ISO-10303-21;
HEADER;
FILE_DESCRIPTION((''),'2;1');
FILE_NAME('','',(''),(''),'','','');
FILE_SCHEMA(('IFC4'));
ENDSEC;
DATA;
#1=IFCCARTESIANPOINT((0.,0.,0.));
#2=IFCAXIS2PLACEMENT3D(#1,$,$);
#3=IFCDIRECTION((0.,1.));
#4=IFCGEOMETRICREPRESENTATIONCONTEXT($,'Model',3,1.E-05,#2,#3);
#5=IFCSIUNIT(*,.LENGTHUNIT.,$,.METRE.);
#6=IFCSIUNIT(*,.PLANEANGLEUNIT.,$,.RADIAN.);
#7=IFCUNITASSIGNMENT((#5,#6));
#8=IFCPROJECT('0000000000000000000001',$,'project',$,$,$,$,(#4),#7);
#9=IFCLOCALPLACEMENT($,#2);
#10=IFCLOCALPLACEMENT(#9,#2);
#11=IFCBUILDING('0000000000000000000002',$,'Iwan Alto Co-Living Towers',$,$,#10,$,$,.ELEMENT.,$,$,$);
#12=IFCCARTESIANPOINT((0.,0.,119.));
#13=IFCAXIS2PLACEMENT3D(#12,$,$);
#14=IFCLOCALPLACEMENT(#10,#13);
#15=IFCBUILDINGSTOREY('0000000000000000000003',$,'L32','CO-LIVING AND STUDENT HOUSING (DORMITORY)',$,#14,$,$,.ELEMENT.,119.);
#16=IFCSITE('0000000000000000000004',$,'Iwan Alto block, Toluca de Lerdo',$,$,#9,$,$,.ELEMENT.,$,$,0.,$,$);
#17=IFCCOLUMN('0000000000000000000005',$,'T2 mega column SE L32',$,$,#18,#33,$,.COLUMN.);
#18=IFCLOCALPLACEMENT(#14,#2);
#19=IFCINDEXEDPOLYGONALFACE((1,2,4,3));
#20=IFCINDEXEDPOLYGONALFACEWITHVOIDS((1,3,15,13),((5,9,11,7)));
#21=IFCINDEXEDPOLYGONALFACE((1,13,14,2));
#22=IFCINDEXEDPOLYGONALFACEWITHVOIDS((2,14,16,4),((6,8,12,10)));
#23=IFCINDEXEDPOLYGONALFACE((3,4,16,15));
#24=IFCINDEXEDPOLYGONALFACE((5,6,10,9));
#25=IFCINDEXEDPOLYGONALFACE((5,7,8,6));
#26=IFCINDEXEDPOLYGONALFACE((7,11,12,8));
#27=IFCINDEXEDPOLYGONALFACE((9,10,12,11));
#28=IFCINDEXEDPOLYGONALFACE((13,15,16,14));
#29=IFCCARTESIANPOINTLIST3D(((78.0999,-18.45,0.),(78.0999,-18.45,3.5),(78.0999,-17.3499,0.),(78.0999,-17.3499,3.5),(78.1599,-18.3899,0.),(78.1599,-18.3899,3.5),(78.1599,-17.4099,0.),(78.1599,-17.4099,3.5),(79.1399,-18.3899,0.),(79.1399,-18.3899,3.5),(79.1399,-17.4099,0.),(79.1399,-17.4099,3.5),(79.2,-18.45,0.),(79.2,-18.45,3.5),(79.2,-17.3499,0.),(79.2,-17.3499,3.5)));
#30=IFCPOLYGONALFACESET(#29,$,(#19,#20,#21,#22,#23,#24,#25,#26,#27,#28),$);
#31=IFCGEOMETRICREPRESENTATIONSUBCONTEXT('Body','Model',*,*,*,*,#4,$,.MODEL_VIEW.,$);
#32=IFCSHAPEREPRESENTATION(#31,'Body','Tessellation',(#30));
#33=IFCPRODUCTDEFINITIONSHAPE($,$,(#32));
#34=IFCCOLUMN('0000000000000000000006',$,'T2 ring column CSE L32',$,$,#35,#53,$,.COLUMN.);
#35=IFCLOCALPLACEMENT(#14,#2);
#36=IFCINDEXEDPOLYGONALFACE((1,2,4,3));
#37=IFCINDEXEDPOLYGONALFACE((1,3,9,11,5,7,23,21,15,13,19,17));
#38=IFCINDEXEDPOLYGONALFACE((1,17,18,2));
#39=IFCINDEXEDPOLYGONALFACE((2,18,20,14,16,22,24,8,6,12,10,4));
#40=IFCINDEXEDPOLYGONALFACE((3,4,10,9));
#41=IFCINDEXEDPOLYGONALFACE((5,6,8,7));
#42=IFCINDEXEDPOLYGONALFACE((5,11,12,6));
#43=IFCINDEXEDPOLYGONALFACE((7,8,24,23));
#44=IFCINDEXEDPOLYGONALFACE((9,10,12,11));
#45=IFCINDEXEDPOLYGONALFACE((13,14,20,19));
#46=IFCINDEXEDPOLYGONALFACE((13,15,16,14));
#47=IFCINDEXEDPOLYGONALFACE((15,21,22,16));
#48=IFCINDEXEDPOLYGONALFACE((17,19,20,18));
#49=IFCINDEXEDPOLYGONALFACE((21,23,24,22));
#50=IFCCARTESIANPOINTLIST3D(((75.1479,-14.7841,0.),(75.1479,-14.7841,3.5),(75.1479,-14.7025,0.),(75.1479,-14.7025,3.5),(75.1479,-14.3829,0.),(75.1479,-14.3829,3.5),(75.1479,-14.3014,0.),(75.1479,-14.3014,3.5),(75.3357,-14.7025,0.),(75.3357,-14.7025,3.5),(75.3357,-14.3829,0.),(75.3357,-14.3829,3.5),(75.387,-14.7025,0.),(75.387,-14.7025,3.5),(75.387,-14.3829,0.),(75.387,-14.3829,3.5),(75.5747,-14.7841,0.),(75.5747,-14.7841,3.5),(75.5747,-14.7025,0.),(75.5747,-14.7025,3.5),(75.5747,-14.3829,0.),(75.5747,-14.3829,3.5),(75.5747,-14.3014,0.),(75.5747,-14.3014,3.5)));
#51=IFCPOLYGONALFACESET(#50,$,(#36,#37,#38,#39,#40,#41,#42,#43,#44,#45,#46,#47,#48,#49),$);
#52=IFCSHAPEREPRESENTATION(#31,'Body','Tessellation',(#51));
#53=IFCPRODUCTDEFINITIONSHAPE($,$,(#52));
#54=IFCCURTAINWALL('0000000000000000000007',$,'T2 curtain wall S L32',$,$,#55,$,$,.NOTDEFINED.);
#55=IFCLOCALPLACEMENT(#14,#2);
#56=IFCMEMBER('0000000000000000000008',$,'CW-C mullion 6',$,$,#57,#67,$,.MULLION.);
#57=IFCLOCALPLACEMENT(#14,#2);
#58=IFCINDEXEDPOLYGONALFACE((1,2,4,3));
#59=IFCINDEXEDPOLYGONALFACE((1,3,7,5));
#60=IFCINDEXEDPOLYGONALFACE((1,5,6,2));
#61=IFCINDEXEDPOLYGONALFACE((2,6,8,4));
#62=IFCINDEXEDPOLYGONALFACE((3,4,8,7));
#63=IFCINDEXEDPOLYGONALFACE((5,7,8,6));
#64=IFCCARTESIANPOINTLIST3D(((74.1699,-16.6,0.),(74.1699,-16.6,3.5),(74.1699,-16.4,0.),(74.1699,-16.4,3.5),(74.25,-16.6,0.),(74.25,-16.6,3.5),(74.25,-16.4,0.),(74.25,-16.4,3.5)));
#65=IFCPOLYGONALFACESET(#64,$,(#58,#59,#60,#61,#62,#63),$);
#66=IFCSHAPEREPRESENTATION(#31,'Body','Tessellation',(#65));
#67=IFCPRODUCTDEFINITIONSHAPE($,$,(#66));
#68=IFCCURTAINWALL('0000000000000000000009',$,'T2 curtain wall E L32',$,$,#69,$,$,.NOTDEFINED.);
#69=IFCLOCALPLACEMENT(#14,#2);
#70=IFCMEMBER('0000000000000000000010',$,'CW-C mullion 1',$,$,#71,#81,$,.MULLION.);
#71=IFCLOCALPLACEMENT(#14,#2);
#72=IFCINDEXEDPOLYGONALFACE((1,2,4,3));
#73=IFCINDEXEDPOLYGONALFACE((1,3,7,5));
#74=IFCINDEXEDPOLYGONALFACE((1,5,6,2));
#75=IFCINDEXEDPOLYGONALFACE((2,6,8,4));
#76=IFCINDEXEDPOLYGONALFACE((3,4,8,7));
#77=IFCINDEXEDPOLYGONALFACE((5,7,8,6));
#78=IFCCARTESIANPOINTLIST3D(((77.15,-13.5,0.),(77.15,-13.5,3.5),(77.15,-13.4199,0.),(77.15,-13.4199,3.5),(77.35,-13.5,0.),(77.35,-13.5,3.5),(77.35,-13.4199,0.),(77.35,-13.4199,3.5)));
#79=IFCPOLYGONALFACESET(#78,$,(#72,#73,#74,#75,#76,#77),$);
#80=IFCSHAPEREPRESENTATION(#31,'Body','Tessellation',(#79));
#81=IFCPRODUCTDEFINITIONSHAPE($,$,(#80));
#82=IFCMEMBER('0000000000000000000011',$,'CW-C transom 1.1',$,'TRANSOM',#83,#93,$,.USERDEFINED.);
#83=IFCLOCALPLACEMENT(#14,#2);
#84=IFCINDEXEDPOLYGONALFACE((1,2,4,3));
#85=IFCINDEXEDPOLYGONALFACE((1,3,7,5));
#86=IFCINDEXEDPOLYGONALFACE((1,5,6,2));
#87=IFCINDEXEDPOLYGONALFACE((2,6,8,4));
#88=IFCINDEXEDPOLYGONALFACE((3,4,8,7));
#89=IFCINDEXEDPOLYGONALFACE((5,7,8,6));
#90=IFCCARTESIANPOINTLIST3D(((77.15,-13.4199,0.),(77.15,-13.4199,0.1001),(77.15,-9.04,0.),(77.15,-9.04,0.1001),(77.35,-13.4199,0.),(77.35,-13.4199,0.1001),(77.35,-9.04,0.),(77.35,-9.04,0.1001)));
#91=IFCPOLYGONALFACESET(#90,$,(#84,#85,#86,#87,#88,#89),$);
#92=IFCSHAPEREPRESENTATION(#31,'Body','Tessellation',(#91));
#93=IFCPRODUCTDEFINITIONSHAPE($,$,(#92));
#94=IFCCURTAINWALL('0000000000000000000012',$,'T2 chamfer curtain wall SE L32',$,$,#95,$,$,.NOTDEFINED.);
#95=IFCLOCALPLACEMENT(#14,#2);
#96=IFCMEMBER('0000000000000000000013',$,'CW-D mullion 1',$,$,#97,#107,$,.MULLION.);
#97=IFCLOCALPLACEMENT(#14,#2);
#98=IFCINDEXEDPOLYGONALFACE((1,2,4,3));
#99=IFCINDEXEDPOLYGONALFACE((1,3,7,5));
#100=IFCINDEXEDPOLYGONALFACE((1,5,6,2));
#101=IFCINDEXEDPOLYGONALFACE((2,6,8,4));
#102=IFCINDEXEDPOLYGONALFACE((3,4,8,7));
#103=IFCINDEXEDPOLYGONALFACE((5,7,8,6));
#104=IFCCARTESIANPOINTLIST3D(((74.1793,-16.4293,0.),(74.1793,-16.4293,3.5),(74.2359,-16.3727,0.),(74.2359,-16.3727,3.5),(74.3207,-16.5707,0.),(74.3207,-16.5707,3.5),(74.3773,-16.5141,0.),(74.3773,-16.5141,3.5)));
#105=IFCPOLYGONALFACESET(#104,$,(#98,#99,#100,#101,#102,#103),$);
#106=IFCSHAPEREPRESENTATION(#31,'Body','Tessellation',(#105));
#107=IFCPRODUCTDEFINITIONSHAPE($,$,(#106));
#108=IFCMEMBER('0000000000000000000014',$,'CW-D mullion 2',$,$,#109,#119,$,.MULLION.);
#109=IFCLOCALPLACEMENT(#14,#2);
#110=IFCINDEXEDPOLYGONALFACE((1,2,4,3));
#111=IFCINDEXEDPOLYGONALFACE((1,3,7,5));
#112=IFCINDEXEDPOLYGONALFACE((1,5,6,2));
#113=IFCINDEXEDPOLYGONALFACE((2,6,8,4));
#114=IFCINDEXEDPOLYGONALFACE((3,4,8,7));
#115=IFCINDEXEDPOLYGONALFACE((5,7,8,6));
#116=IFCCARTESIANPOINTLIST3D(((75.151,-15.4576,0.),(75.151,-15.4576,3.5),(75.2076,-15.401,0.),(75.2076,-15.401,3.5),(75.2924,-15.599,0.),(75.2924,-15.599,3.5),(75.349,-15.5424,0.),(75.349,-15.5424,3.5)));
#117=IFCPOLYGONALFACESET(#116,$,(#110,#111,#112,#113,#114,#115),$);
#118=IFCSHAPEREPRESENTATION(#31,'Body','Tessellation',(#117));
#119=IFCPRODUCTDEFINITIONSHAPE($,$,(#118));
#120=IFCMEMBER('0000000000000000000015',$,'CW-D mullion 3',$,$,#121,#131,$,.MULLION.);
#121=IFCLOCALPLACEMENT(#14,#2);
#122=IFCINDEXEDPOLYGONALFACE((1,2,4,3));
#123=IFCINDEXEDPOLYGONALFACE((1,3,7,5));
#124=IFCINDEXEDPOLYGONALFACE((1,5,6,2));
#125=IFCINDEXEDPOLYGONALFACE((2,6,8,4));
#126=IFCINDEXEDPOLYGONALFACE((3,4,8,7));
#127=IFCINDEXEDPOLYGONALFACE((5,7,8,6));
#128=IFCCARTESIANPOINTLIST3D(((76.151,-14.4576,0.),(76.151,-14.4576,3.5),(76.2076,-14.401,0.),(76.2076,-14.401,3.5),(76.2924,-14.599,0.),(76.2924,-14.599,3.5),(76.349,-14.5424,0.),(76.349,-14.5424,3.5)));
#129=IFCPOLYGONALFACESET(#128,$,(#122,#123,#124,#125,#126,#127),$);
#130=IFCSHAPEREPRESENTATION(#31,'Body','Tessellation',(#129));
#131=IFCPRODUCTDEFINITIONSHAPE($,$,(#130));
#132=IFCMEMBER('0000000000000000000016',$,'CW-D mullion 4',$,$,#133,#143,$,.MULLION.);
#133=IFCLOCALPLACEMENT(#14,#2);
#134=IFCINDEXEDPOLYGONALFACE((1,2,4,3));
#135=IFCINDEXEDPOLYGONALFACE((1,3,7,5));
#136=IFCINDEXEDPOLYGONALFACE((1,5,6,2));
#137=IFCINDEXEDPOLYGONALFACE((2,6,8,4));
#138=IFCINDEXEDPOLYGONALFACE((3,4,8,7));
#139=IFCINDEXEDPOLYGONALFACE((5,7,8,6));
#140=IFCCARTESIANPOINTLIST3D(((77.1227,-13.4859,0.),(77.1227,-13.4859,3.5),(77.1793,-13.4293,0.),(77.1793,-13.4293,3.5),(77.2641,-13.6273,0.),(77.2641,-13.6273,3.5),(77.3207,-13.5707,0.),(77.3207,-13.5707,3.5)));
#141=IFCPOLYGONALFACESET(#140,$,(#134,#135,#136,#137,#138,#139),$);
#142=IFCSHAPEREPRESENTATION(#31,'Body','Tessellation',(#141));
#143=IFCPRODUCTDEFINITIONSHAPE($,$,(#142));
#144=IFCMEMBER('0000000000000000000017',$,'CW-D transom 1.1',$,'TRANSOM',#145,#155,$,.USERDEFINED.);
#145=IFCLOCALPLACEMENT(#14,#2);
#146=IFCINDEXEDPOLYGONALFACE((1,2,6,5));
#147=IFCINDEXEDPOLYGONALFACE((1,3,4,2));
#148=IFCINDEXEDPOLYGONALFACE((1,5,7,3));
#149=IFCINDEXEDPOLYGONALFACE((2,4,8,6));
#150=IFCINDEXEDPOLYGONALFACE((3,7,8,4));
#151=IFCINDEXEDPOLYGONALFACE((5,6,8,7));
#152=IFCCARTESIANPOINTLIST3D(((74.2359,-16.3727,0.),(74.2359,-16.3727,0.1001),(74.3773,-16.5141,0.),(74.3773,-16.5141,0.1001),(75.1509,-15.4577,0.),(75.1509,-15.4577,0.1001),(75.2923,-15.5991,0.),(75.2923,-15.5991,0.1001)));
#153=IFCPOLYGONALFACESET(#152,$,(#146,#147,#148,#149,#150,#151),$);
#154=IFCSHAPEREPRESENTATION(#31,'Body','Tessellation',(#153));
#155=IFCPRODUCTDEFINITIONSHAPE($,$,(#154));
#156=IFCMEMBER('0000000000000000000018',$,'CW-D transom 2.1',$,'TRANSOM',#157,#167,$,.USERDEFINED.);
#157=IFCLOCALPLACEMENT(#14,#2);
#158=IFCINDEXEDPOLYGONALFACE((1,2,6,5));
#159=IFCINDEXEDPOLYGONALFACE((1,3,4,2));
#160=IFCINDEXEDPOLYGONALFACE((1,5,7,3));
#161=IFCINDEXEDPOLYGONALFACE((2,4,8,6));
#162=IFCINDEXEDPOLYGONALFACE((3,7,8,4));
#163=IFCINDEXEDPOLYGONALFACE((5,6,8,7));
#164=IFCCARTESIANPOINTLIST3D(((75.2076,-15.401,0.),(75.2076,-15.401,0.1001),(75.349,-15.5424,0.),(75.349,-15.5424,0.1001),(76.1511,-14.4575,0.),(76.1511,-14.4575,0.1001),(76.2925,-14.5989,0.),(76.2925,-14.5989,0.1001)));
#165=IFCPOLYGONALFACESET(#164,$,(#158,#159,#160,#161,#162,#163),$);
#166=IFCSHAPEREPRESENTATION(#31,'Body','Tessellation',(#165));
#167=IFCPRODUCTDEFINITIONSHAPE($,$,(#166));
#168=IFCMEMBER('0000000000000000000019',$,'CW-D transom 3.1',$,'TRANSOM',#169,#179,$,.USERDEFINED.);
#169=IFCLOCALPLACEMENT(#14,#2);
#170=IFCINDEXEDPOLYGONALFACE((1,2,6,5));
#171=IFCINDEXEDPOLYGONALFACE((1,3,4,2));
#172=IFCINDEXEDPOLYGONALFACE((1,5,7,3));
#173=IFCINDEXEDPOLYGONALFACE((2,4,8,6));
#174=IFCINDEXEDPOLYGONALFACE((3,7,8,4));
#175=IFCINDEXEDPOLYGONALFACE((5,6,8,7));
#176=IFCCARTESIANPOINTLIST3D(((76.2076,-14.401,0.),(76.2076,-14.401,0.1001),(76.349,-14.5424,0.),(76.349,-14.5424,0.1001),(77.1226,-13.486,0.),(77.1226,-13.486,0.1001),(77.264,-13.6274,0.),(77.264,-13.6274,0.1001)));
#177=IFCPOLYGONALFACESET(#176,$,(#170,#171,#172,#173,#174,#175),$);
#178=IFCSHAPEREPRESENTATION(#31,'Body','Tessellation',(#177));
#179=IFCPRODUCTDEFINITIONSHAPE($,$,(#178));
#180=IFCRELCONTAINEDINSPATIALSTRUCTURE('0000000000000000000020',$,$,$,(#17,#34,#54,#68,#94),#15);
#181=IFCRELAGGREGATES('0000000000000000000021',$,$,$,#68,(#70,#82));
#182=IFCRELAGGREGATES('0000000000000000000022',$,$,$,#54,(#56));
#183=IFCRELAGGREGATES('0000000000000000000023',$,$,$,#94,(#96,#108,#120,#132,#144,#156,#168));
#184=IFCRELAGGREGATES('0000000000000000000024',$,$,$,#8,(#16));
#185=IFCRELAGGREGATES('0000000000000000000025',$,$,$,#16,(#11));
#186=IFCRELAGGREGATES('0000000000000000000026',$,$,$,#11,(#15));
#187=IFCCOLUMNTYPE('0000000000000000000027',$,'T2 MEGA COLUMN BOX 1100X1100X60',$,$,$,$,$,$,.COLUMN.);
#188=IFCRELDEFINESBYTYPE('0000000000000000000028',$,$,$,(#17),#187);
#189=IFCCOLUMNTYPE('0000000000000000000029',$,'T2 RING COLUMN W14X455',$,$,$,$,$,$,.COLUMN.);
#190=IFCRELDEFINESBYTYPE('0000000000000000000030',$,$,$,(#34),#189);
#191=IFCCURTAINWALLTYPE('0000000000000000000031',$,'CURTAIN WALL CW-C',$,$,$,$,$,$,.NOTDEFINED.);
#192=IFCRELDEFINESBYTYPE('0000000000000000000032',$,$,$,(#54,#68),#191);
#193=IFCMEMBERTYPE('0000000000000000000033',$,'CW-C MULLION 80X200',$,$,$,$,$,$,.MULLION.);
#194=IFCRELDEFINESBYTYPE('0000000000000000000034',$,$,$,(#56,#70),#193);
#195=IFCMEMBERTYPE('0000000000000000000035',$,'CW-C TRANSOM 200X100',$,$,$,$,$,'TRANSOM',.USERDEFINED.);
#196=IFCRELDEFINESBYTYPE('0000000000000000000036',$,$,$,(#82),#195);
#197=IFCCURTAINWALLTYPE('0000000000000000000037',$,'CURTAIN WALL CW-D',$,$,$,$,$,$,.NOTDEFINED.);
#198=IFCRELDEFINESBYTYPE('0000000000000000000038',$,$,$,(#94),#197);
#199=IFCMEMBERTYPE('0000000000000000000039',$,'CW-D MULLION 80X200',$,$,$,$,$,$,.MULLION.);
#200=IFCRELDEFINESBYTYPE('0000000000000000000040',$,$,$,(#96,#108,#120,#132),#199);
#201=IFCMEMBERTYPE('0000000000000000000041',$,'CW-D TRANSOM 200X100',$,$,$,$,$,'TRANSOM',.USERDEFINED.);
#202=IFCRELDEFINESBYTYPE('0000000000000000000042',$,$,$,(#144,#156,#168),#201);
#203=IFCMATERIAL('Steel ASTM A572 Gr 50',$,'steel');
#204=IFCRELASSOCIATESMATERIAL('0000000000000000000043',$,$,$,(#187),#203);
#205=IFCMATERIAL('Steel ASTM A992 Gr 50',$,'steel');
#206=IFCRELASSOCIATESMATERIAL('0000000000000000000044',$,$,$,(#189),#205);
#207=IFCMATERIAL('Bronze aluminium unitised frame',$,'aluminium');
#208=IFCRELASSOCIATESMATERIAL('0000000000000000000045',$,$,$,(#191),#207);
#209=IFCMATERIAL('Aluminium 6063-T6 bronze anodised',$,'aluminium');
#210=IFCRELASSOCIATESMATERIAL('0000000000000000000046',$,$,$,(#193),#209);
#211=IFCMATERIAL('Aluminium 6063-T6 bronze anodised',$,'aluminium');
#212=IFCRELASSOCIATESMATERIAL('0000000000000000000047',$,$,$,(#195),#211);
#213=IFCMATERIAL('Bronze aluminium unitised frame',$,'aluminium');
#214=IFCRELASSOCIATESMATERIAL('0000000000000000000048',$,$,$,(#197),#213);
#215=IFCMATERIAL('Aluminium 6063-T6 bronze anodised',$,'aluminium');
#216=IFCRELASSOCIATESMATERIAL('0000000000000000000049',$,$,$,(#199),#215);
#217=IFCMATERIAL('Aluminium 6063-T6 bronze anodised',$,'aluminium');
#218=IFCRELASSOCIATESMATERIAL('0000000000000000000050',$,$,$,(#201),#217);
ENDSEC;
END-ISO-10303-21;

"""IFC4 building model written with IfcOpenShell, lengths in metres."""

from ifc_helpers import new_model, si_unit, direction, frame, origin, origin_2d, place, context, subcontext, project, spatial, rectangle, hollow_rectangle, i_section, extrude, material, material_profile, profile_set, type_object, element, aggregate, save


model = new_model("IFC4")

# Units and contexts
model_context = context("Model", 3, precision=1e-05, world=origin(), true_north=direction((0.0, 1.0)))
body_context = subcontext(model_context, "Body", "Model", "MODEL_VIEW")
ifc_project = project(units=[si_unit("LENGTHUNIT", "METRE"), si_unit("PLANEANGLEUNIT", "RADIAN")], contexts=[model_context])

# Site, building, storey
site_placement = place(None, origin())
site = spatial("IfcSite", under=ifc_project, at=site_placement, Name="Iwan Alto block, Toluca de Lerdo", CompositionType="ELEMENT", RefElevation=0.0)
building_placement = place(site_placement, origin())
building = spatial("IfcBuilding", under=site, at=building_placement, Name="Iwan Alto Co-Living Towers", CompositionType="ELEMENT")
storey_placement = place(building_placement, frame((0.0, 0.0, 119.0)))
storey = spatial("IfcBuildingStorey", under=building, at=storey_placement, Name="L32", Description="CO-LIVING AND STUDENT HOUSING (DORMITORY)", CompositionType="ELEMENT", Elevation=119.0)

# Columns
ifc_material_1 = material(Name="Steel ASTM A572 Gr 50", Category="steel")
ifc_material_profile_1 = material_profile(ifc_material_1, hollow_rectangle(XDim=1.1001, YDim=1.1001, WallThickness=0.0601, at=origin_2d()), Name="BOX 1100X1100X60")
ifc_profile_set_1 = profile_set([ifc_material_profile_1], Name="Steel ASTM A572 Gr 50")
column_type_1 = type_object("IfcColumnType", Name="T2 MEGA COLUMN BOX 1100X1100X60", PredefinedType="COLUMN", material=ifc_profile_set_1)
column_1_placement = place(storey_placement, frame((78.6499, -17.8999, 0.0), z_axis=(0.0, 0.0, 1.0), x_axis=(1.0, 0.0, 0.0)))
element("IfcColumn", 1, at=column_1_placement, inside=storey, type_object=column_type_1, Name="T2 mega column SE L32", PredefinedType="COLUMN", context=body_context, shape_type="SweptSolid", body=[
    extrude(hollow_rectangle(XDim=1.1001, YDim=1.1001, WallThickness=0.0601, at=origin_2d()), origin(), (0.0, 0.0, 1.0), 3.5),
])
ifc_material_2 = material(Name="Steel ASTM A992 Gr 50", Category="steel")
ifc_material_profile_2 = material_profile(ifc_material_2, i_section(OverallWidth=0.4268, OverallDepth=0.4827, WebThickness=0.0513, FlangeThickness=0.0815, at=origin_2d()), Name="W14X455")
ifc_profile_set_2 = profile_set([ifc_material_profile_2], Name="Steel ASTM A992 Gr 50")
column_type_2 = type_object("IfcColumnType", Name="T2 RING COLUMN W14X455", PredefinedType="COLUMN", material=ifc_profile_set_2)
column_2_placement = place(storey_placement, frame((75.3613, -14.5427, 0.0), z_axis=(0.0, 0.0, 1.0), x_axis=(1.0, 0.0, 0.0)))
element("IfcColumn", 2, at=column_2_placement, inside=storey, type_object=column_type_2, Name="T2 ring column CSE L32", PredefinedType="COLUMN", context=body_context, shape_type="SweptSolid", body=[
    extrude(i_section(OverallWidth=0.4268, OverallDepth=0.4827, WebThickness=0.0513, FlangeThickness=0.0815, at=origin_2d()), origin(), (0.0, 0.0, 1.0), 3.5),
])

# Curtain wall, member
ifc_material_3 = material(Name="Bronze aluminium unitised frame", Category="aluminium")
curtain_wall_type_1 = type_object("IfcCurtainWallType", Name="CURTAIN WALL CW-C", PredefinedType="NOTDEFINED", material=ifc_material_3)
curtain_wall_1_placement = place(storey_placement, origin())
curtain_wall_1 = element("IfcCurtainWall", 3, at=curtain_wall_1_placement, inside=storey, type_object=curtain_wall_type_1, Name="T2 curtain wall S L32", PredefinedType="NOTDEFINED")
ifc_material_4 = material(Name="Aluminium 6063-T6 bronze anodised", Category="aluminium")
ifc_material_profile_3 = material_profile(ifc_material_4, rectangle(XDim=0.2, YDim=0.0801, at=origin_2d()), Name="AL 80X200")
ifc_profile_set_3 = profile_set([ifc_material_profile_3], Name="Aluminium 6063-T6 bronze anodised")
member_type_1 = type_object("IfcMemberType", Name="CW-C MULLION 80X200", PredefinedType="MULLION", material=ifc_profile_set_3)
member_1_placement = place(storey_placement, frame((74.21, -16.5, 0.0), z_axis=(0.0, 0.0, 1.0), x_axis=(0.0, 1.0, 0.0)))
member_1 = element("IfcMember", 4, at=member_1_placement, type_object=member_type_1, Name="CW-C mullion 6", PredefinedType="MULLION", context=body_context, shape_type="SweptSolid", body=[
    extrude(rectangle(XDim=0.2, YDim=0.0801, at=origin_2d()), origin(), (0.0, 0.0, 1.0), 3.5),
])

# Curtain walls, members
curtain_wall_2_placement = place(storey_placement, origin())
curtain_wall_2 = element("IfcCurtainWall", 5, at=curtain_wall_2_placement, inside=storey, type_object=curtain_wall_type_1, Name="T2 curtain wall E L32", PredefinedType="NOTDEFINED")
member_2_placement = place(storey_placement, frame((77.25, -13.46, 0.0), z_axis=(0.0, 0.0, 1.0), x_axis=(-1.0, 0.0, 0.0)))
member_2 = element("IfcMember", 6, at=member_2_placement, type_object=member_type_1, Name="CW-C mullion 1", PredefinedType="MULLION", context=body_context, shape_type="SweptSolid", body=[
    extrude(rectangle(XDim=0.2, YDim=0.0801, at=origin_2d()), origin(), (0.0, 0.0, 1.0), 3.5),
])
ifc_material_5 = material(Name="Aluminium 6063-T6 bronze anodised", Category="aluminium")
ifc_material_profile_4 = material_profile(ifc_material_5, rectangle(XDim=0.2, YDim=0.1001, at=origin_2d()), Name="AL 200X100")
ifc_profile_set_4 = profile_set([ifc_material_profile_4], Name="Aluminium 6063-T6 bronze anodised")
member_type_2 = type_object("IfcMemberType", Name="CW-C TRANSOM 200X100", ElementType="TRANSOM", PredefinedType="USERDEFINED", material=ifc_profile_set_4)
member_3_placement = place(storey_placement, frame((77.25, -13.4199, 0.05), z_axis=(0.0, 1.0, 0.0), x_axis=(-1.0, 0.0, 0.0)))
member_3 = element("IfcMember", 7, at=member_3_placement, type_object=member_type_2, Name="CW-C transom 1.1", ObjectType="TRANSOM", PredefinedType="USERDEFINED", context=body_context, shape_type="SweptSolid", body=[
    extrude(rectangle(XDim=0.2, YDim=0.1001, at=origin_2d()), origin(), (0.0, 0.0, 1.0), 4.3799),
])
aggregate(curtain_wall_2, [member_2, member_3])
ifc_material_6 = material(Name="Bronze aluminium unitised frame", Category="aluminium")
curtain_wall_type_2 = type_object("IfcCurtainWallType", Name="CURTAIN WALL CW-D", PredefinedType="NOTDEFINED", material=ifc_material_6)
curtain_wall_3_placement = place(storey_placement, origin())
curtain_wall_3 = element("IfcCurtainWall", 8, at=curtain_wall_3_placement, inside=storey, type_object=curtain_wall_type_2, Name="T2 chamfer curtain wall SE L32", PredefinedType="NOTDEFINED")
ifc_material_7 = material(Name="Aluminium 6063-T6 bronze anodised", Category="aluminium")
ifc_material_profile_5 = material_profile(ifc_material_7, rectangle(XDim=0.2, YDim=0.0801, at=origin_2d()), Name="AL 80X200")
ifc_profile_set_5 = profile_set([ifc_material_profile_5], Name="Aluminium 6063-T6 bronze anodised")
member_type_3 = type_object("IfcMemberType", Name="CW-D MULLION 80X200", PredefinedType="MULLION", material=ifc_profile_set_5)
member_4_placement = place(storey_placement, frame((74.2783, -16.4717, 0.0), z_axis=(0.0, 0.0, 1.0), x_axis=(-0.707107, 0.707107, 0.0)))
member_4 = element("IfcMember", 9, at=member_4_placement, type_object=member_type_3, Name="CW-D mullion 1", PredefinedType="MULLION", context=body_context, shape_type="SweptSolid", body=[
    extrude(rectangle(XDim=0.2, YDim=0.0801, at=origin_2d()), origin(), (0.0, 0.0, 1.0), 3.5),
])
member_5_placement = place(storey_placement, frame((75.25, -15.5, 0.0), z_axis=(0.0, 0.0, 1.0), x_axis=(-0.707107, 0.707107, 0.0)))
member_5 = element("IfcMember", 10, at=member_5_placement, type_object=member_type_3, Name="CW-D mullion 2", PredefinedType="MULLION", context=body_context, shape_type="SweptSolid", body=[
    extrude(rectangle(XDim=0.2, YDim=0.0801, at=origin_2d()), origin(), (0.0, 0.0, 1.0), 3.5),
])
member_6_placement = place(storey_placement, frame((76.25, -14.5, 0.0), z_axis=(0.0, 0.0, 1.0), x_axis=(-0.707107, 0.707107, 0.0)))
member_6 = element("IfcMember", 11, at=member_6_placement, type_object=member_type_3, Name="CW-D mullion 3", PredefinedType="MULLION", context=body_context, shape_type="SweptSolid", body=[
    extrude(rectangle(XDim=0.2, YDim=0.0801, at=origin_2d()), origin(), (0.0, 0.0, 1.0), 3.5),
])
member_7_placement = place(storey_placement, frame((77.2217, -13.5283, 0.0), z_axis=(0.0, 0.0, 1.0), x_axis=(-0.707107, 0.707107, 0.0)))
member_7 = element("IfcMember", 12, at=member_7_placement, type_object=member_type_3, Name="CW-D mullion 4", PredefinedType="MULLION", context=body_context, shape_type="SweptSolid", body=[
    extrude(rectangle(XDim=0.2, YDim=0.0801, at=origin_2d()), origin(), (0.0, 0.0, 1.0), 3.5),
])
ifc_material_8 = material(Name="Aluminium 6063-T6 bronze anodised", Category="aluminium")
ifc_material_profile_6 = material_profile(ifc_material_8, rectangle(XDim=0.2, YDim=0.1001, at=origin_2d()), Name="AL 200X100")
ifc_profile_set_6 = profile_set([ifc_material_profile_6], Name="Aluminium 6063-T6 bronze anodised")
member_type_4 = type_object("IfcMemberType", Name="CW-D TRANSOM 200X100", ElementType="TRANSOM", PredefinedType="USERDEFINED", material=ifc_profile_set_6)
member_8_placement = place(storey_placement, frame((74.3066, -16.4434, 0.05), z_axis=(0.707107, 0.707107, 0.0), x_axis=(-0.707107, 0.707107, 0.0)))
member_8 = element("IfcMember", 13, at=member_8_placement, type_object=member_type_4, Name="CW-D transom 1.1", ObjectType="TRANSOM", PredefinedType="USERDEFINED", context=body_context, shape_type="SweptSolid", body=[
    extrude(rectangle(XDim=0.2, YDim=0.1001, at=origin_2d()), origin(), (0.0, 0.0, 1.0), 1.2939),
])
member_9_placement = place(storey_placement, frame((75.2783, -15.4717, 0.05), z_axis=(0.707107, 0.707107, 0.0), x_axis=(-0.707107, 0.707107, 0.0)))
member_9 = element("IfcMember", 14, at=member_9_placement, type_object=member_type_4, Name="CW-D transom 2.1", ObjectType="TRANSOM", PredefinedType="USERDEFINED", context=body_context, shape_type="SweptSolid", body=[
    extrude(rectangle(XDim=0.2, YDim=0.1001, at=origin_2d()), origin(), (0.0, 0.0, 1.0), 1.3342),
])
member_10_placement = place(storey_placement, frame((76.2783, -14.4717, 0.05), z_axis=(0.707107, 0.707107, 0.0), x_axis=(-0.707107, 0.707107, 0.0)))
member_10 = element("IfcMember", 15, at=member_10_placement, type_object=member_type_4, Name="CW-D transom 3.1", ObjectType="TRANSOM", PredefinedType="USERDEFINED", context=body_context, shape_type="SweptSolid", body=[
    extrude(rectangle(XDim=0.2, YDim=0.1001, at=origin_2d()), origin(), (0.0, 0.0, 1.0), 1.2939),
])

aggregate(curtain_wall_1, [member_1])
aggregate(curtain_wall_3, [member_4, member_5, member_6, member_7, member_8, member_9, member_10])

save(model, "model.ifc")
